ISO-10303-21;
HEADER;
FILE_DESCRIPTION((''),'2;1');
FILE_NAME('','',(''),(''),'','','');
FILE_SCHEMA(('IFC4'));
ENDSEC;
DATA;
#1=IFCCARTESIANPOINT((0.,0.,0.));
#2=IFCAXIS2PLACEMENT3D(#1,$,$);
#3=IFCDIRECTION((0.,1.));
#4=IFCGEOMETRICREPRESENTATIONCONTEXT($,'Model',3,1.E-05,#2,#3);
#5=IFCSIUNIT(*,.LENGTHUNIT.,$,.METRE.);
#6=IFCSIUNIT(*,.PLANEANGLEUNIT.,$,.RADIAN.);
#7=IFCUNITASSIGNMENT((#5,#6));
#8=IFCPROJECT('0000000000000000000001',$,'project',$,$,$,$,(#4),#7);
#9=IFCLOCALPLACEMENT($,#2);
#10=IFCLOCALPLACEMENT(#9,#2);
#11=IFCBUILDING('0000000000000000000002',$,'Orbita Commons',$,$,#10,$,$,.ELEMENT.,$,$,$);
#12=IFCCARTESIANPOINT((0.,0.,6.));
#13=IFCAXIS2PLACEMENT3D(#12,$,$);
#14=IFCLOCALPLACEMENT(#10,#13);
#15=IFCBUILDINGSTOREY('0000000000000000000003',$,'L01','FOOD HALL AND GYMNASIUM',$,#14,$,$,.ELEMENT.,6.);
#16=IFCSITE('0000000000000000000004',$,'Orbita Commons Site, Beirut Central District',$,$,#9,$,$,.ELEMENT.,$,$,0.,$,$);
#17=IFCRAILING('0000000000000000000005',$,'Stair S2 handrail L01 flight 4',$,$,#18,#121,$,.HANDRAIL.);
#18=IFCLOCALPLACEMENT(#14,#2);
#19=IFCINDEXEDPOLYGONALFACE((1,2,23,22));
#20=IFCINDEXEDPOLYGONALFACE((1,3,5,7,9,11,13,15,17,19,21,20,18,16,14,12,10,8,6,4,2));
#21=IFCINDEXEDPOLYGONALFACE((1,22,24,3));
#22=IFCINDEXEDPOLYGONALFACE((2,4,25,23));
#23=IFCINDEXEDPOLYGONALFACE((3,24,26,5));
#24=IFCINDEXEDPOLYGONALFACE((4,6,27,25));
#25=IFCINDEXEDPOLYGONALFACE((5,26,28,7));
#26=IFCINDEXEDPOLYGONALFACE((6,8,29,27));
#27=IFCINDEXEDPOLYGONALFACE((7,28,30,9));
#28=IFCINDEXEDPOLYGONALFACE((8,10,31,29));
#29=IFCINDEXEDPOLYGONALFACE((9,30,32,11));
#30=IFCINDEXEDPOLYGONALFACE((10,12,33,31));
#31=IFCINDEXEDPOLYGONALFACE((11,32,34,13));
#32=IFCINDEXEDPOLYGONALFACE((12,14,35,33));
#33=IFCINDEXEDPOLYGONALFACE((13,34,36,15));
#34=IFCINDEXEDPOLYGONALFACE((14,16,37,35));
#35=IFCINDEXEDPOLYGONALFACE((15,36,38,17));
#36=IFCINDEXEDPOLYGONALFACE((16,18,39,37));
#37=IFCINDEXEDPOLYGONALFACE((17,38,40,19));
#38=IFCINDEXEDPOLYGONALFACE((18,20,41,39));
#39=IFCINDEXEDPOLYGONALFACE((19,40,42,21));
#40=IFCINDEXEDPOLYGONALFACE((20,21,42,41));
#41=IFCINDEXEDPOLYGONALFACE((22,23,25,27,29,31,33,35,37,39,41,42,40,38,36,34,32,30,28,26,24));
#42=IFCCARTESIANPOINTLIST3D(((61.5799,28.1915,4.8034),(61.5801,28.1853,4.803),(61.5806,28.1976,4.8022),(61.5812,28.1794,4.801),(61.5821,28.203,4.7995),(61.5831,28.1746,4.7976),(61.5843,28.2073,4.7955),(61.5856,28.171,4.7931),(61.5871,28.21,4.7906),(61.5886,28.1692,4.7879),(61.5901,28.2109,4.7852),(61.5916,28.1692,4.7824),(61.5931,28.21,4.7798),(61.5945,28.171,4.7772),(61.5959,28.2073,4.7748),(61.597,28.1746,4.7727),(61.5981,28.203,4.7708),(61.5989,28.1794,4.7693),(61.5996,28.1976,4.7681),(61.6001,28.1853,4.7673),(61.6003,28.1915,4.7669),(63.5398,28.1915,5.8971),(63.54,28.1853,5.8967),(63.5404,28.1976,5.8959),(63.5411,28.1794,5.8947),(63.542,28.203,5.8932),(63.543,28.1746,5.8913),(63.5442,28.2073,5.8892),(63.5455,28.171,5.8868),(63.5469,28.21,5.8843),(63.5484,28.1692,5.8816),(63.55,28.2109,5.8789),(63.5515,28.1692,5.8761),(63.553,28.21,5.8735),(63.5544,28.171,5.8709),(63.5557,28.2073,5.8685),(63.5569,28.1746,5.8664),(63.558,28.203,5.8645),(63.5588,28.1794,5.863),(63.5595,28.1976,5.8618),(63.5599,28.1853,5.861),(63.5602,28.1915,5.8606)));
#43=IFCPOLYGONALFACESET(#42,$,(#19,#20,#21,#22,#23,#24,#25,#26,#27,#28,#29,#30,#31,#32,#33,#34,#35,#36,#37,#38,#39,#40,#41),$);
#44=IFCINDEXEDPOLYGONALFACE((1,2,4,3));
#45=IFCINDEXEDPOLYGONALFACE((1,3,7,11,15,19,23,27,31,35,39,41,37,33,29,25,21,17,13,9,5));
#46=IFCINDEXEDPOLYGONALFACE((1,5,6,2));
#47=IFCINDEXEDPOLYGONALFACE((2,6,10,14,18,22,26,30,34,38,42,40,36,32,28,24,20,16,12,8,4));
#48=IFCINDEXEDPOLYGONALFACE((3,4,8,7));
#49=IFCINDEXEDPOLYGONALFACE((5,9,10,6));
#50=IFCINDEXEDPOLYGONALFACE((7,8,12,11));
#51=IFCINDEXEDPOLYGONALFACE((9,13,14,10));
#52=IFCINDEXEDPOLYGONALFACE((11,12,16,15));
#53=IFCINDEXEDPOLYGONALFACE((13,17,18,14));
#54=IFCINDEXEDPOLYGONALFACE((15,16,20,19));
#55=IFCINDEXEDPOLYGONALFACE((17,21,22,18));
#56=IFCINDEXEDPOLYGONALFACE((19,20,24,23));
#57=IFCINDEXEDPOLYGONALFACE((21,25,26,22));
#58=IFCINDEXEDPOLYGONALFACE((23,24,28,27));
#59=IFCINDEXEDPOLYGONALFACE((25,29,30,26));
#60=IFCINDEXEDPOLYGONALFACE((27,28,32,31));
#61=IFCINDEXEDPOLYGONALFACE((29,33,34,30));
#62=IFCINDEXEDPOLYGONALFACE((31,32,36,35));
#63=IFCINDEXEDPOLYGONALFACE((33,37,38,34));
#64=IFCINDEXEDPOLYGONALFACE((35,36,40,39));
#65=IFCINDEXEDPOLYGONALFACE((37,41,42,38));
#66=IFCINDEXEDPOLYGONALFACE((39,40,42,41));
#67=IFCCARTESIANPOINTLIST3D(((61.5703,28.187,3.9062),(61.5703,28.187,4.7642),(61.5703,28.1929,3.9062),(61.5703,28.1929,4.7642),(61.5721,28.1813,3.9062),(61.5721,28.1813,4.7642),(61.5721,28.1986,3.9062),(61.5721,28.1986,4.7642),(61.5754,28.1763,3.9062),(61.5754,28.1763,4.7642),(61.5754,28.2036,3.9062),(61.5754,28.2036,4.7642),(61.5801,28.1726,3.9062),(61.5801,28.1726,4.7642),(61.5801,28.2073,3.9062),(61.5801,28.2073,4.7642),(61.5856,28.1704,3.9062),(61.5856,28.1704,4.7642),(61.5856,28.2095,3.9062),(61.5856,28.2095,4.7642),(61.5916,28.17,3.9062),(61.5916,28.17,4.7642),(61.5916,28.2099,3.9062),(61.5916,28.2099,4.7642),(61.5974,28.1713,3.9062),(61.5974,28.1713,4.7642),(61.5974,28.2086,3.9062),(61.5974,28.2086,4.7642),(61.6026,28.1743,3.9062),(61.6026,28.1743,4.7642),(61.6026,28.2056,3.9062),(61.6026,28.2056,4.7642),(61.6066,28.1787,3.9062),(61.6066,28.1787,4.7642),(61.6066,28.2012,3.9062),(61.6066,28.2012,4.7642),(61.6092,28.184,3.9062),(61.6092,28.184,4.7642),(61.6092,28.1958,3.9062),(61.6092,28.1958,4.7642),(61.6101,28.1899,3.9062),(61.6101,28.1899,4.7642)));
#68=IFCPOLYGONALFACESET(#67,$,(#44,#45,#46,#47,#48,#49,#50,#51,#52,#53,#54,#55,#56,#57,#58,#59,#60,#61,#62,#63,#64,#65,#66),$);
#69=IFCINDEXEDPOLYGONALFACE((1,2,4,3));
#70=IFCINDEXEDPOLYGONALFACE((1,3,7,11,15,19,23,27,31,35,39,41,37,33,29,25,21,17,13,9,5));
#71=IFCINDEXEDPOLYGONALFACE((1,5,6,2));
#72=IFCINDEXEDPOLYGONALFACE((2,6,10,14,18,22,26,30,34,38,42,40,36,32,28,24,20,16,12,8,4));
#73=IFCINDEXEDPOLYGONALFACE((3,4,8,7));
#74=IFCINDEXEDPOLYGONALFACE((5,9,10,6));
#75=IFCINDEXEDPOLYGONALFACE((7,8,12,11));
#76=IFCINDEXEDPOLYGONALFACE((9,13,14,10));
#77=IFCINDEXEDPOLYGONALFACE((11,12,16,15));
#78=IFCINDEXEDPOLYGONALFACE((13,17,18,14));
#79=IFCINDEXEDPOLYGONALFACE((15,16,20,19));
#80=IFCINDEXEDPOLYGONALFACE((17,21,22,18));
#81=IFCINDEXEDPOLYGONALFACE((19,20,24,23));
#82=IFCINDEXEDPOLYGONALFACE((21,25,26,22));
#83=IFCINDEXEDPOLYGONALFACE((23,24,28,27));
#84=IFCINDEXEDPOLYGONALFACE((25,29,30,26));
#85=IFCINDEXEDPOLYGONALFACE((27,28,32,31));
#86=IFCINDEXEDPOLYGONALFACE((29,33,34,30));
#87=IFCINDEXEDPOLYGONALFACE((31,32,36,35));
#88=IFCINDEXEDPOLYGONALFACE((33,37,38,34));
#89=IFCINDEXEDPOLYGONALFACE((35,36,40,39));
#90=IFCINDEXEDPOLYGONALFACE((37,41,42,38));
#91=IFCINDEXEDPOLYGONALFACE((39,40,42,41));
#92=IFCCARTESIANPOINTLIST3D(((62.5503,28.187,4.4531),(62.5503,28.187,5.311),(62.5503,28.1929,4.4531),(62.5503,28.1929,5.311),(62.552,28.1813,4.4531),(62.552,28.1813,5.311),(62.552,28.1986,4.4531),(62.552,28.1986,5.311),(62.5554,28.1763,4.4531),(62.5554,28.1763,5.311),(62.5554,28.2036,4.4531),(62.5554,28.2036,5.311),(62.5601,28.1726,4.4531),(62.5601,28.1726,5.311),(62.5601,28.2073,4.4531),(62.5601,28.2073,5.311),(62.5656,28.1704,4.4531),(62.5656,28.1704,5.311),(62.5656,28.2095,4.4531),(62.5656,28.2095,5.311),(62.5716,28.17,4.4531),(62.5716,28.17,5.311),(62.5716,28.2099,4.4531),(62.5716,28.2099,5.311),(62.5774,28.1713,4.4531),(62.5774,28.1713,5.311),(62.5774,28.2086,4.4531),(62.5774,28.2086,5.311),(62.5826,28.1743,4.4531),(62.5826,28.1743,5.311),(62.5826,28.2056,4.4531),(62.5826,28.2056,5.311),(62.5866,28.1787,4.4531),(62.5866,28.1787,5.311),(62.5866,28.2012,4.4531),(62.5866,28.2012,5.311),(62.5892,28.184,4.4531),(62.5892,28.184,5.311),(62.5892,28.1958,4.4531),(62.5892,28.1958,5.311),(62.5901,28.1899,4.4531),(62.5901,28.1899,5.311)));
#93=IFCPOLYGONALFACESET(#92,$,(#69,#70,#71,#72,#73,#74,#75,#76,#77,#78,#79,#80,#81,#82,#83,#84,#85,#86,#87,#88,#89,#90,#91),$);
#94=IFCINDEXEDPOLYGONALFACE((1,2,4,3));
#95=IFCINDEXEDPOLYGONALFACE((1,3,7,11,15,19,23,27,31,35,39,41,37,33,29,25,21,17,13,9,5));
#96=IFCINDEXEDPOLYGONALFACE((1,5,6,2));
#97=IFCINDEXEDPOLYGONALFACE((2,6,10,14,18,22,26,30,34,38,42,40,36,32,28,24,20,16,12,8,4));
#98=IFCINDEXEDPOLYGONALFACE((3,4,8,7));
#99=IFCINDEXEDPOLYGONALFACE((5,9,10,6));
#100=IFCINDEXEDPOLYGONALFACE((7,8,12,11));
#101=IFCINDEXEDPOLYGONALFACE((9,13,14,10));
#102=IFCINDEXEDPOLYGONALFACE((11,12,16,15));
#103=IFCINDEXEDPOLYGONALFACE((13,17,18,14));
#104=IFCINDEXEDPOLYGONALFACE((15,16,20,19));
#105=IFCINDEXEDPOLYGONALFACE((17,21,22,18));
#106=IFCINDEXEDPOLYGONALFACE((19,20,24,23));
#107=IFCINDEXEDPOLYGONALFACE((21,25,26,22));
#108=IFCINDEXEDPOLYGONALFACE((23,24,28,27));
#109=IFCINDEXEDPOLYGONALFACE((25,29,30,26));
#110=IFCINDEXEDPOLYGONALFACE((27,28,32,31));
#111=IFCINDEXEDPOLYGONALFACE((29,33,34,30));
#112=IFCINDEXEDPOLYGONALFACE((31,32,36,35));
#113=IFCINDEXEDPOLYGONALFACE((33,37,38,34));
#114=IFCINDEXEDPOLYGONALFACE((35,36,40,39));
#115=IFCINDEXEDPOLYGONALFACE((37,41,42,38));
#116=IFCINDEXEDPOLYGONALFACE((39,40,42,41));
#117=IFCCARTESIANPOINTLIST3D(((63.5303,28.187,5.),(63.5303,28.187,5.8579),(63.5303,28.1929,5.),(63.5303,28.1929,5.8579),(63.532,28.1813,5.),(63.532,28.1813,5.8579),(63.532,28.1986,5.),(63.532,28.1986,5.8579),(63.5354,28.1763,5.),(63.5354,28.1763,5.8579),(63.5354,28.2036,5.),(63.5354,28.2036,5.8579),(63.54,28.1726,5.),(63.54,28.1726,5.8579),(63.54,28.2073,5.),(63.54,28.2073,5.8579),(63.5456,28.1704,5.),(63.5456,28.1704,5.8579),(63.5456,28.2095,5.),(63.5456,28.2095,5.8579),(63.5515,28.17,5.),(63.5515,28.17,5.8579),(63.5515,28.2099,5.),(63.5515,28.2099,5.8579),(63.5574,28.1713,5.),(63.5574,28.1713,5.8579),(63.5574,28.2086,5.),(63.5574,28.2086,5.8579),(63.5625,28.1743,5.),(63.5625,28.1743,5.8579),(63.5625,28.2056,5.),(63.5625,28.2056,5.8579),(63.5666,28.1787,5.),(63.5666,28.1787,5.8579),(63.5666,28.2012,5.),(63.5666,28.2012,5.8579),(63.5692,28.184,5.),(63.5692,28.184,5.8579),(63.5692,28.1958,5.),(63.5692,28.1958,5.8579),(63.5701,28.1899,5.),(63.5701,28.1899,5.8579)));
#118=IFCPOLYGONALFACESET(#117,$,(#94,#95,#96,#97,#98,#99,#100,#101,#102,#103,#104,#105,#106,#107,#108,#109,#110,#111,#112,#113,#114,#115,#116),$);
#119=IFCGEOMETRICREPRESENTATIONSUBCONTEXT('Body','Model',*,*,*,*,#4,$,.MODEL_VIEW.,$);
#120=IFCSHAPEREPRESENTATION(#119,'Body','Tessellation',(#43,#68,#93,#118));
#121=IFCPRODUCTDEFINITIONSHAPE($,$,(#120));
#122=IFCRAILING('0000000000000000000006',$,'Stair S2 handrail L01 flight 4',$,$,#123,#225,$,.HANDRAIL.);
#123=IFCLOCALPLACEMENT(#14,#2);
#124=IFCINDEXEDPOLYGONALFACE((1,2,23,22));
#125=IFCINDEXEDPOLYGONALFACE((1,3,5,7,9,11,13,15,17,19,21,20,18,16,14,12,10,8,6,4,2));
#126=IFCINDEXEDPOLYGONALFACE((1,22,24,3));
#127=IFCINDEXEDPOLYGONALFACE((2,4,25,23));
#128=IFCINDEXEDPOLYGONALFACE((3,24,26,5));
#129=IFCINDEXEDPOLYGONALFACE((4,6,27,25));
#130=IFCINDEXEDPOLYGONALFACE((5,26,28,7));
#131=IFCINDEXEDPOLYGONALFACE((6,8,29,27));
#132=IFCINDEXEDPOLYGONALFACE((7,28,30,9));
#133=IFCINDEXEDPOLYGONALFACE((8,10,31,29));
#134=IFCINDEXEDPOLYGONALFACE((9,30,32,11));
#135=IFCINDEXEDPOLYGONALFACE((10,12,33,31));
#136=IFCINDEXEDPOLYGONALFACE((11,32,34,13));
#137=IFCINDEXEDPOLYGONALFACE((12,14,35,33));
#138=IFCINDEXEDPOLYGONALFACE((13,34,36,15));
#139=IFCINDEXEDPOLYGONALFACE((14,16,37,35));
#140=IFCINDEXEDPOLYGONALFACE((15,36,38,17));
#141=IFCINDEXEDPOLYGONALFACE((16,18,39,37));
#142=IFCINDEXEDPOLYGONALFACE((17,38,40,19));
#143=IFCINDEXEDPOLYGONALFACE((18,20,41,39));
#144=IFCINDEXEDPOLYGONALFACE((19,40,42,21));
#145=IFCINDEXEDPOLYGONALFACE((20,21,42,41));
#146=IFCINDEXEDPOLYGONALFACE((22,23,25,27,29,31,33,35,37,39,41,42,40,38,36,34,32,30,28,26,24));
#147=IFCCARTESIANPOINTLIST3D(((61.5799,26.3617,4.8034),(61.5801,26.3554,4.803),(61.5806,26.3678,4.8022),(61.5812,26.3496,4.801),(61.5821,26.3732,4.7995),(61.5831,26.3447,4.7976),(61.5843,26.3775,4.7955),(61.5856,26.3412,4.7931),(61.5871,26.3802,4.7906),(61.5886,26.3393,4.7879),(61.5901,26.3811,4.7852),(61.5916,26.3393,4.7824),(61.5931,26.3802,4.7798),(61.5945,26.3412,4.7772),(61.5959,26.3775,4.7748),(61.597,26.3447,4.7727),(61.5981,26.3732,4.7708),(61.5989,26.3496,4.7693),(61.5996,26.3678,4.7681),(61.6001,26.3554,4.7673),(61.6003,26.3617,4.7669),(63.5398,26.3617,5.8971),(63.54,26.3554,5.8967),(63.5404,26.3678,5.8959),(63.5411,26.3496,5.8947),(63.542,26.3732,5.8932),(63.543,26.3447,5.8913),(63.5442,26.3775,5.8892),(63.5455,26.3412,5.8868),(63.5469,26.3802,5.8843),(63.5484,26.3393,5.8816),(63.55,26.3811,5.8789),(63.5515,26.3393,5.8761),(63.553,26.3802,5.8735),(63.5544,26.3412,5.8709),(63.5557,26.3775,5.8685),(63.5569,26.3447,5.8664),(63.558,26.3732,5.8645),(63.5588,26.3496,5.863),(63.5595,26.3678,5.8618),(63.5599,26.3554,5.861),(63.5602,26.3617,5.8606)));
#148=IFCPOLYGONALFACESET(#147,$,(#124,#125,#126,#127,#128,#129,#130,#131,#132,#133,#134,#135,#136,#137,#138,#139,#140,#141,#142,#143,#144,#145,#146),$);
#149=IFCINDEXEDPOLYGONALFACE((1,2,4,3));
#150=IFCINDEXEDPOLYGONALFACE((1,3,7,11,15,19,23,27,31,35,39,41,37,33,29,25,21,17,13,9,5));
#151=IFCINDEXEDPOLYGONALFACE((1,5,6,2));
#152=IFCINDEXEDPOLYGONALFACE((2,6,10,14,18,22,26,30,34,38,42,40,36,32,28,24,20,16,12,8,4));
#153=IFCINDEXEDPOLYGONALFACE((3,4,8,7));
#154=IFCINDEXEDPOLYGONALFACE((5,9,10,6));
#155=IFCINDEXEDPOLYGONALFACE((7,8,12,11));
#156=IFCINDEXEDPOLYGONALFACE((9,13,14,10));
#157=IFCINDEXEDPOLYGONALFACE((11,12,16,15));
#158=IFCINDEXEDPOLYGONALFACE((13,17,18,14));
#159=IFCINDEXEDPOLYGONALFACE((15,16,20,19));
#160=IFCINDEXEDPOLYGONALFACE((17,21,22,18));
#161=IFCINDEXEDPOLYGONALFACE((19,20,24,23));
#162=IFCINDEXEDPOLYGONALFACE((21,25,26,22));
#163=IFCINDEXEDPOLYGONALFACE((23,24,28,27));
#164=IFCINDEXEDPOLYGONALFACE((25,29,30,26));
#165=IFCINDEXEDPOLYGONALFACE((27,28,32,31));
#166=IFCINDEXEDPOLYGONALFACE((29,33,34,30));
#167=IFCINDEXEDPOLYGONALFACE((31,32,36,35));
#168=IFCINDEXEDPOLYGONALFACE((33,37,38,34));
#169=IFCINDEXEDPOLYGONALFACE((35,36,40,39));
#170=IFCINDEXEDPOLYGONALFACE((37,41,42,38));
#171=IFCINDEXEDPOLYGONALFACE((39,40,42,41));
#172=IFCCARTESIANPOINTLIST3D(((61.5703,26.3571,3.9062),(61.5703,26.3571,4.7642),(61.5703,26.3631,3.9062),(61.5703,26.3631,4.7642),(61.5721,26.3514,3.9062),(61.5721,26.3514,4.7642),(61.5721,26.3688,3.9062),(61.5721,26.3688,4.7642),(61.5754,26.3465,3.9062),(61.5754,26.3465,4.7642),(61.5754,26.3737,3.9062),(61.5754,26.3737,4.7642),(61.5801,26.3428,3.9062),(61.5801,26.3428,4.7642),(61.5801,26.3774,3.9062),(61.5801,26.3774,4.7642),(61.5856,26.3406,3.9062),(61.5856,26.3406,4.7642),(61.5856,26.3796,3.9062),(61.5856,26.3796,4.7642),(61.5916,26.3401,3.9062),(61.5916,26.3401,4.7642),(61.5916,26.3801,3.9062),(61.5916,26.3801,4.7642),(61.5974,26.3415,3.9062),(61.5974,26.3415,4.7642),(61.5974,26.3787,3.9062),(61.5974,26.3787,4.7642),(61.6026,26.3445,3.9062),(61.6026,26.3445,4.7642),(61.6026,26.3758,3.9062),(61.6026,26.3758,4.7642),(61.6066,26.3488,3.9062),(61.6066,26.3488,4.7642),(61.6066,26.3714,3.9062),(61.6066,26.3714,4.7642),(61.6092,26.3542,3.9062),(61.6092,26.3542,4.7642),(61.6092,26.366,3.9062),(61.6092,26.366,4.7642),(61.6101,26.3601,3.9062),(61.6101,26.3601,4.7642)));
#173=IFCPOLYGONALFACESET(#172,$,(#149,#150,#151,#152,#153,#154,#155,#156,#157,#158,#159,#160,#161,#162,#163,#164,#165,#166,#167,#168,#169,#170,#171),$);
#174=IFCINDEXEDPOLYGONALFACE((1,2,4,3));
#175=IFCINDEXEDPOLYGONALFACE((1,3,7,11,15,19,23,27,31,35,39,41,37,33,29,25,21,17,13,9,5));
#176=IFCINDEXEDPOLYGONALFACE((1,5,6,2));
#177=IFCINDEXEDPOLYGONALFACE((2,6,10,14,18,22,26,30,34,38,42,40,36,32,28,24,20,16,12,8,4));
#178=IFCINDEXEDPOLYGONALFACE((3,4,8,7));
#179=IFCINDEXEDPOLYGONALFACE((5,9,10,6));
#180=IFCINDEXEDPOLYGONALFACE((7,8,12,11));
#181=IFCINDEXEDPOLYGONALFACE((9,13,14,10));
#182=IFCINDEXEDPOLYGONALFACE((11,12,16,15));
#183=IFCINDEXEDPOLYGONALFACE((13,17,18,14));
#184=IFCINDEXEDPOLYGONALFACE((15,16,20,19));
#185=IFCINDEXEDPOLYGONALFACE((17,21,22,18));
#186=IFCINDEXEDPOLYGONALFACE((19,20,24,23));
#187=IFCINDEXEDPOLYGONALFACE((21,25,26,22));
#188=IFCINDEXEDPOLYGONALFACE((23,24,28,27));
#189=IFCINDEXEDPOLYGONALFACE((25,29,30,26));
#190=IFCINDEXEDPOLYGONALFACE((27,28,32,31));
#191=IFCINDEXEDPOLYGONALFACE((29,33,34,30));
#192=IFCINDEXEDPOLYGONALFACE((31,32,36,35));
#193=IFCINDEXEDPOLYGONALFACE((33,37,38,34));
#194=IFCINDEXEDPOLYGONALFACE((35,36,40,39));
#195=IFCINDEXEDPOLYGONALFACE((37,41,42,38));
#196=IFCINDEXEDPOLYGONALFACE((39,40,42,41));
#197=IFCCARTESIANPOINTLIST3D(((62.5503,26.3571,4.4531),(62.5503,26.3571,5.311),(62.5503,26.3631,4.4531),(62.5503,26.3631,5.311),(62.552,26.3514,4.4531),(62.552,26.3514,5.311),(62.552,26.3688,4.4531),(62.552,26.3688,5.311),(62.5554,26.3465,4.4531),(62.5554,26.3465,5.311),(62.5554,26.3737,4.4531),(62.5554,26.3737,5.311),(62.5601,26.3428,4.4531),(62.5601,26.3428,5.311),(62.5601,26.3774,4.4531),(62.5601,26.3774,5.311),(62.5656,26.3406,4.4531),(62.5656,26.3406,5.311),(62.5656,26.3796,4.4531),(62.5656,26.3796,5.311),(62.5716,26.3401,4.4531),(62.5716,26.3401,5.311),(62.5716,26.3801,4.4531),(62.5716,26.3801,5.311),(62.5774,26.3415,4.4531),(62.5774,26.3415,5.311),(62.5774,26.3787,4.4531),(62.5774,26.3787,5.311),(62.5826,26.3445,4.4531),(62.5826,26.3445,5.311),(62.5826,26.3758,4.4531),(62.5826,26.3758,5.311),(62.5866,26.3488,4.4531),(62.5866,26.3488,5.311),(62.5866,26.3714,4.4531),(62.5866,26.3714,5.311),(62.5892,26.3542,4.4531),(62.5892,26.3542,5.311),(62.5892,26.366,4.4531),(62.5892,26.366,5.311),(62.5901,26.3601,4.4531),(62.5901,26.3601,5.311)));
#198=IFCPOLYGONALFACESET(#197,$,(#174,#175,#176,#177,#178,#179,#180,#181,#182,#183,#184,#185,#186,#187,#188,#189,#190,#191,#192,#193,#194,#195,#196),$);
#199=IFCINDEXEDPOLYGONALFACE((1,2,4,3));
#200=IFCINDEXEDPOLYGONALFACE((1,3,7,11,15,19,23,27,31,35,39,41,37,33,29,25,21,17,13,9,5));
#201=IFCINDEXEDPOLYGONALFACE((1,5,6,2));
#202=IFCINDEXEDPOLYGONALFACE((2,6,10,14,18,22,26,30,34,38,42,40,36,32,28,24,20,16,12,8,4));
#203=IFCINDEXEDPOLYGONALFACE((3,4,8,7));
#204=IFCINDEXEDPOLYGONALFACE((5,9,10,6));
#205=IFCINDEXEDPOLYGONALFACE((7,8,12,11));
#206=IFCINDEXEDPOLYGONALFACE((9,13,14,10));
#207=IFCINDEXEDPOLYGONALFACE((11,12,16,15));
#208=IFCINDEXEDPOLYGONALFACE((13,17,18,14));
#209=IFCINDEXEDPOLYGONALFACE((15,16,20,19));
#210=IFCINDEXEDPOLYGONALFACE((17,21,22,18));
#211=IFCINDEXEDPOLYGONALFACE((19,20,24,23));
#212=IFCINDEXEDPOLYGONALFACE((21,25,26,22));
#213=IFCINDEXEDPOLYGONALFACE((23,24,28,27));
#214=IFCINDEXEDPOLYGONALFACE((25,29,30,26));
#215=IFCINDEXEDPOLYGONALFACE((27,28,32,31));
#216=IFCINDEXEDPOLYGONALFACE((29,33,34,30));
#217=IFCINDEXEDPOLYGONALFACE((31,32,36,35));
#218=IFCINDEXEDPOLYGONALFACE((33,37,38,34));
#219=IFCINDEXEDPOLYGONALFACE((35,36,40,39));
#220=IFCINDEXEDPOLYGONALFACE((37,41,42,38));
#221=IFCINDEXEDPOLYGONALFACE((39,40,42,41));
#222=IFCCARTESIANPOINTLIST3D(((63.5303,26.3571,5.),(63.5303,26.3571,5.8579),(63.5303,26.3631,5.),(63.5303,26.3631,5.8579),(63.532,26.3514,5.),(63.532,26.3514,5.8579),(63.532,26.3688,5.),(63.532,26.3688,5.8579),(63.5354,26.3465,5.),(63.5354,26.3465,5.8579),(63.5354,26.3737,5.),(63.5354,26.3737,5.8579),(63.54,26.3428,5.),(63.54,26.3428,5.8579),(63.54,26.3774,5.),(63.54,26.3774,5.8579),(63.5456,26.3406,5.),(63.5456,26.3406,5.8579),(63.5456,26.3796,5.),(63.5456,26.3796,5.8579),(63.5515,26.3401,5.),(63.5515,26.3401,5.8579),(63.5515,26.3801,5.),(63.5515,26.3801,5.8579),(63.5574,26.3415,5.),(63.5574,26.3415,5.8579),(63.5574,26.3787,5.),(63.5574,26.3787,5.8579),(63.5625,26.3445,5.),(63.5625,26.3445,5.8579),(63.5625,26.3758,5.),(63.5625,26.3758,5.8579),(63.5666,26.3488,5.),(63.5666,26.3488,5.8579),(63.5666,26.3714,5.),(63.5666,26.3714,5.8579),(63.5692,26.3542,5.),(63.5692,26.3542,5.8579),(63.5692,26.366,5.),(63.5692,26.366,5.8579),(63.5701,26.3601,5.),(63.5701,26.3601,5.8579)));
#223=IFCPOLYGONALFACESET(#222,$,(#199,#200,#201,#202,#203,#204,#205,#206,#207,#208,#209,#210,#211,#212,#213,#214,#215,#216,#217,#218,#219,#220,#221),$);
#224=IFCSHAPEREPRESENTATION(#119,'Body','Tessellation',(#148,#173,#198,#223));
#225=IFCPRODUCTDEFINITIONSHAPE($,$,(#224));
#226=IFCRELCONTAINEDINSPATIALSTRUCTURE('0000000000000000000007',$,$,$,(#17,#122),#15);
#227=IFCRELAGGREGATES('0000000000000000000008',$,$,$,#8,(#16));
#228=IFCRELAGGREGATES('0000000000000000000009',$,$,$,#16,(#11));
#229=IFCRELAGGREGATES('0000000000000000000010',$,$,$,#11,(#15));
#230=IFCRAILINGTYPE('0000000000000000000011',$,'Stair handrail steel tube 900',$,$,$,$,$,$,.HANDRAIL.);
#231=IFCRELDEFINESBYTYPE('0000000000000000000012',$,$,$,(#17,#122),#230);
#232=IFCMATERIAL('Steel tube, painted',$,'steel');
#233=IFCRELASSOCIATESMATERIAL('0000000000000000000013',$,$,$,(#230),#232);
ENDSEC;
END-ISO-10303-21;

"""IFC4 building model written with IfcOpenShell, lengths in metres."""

from ifc_helpers import new_model, si_unit, direction, frame, origin, origin_2d, place, context, subcontext, project, spatial, circle, extrude, material, type_object, element, save


model = new_model("IFC4")

# Units and contexts
model_context = context("Model", 3, precision=1e-05, world=origin(), true_north=direction((0.0, 1.0)))
body_context = subcontext(model_context, "Body", "Model", "MODEL_VIEW")
ifc_project = project(units=[si_unit("LENGTHUNIT", "METRE"), si_unit("PLANEANGLEUNIT", "RADIAN")], contexts=[model_context])

# Site, building, storey
site_placement = place(None, origin())
site = spatial("IfcSite", under=ifc_project, at=site_placement, Name="Orbita Commons Site, Beirut Central District", CompositionType="ELEMENT", RefElevation=0.0)
building_placement = place(site_placement, origin())
building = spatial("IfcBuilding", under=site, at=building_placement, Name="Orbita Commons", CompositionType="ELEMENT")
storey_placement = place(building_placement, frame((0.0, 0.0, 6.0)))
storey = spatial("IfcBuildingStorey", under=building, at=storey_placement, Name="L01", Description="FOOD HALL AND GYMNASIUM", CompositionType="ELEMENT", Elevation=6.0)

# Railings
ifc_material_1 = material(Name="Steel tube, painted", Category="steel")
railing_type = type_object("IfcRailingType", Name="Stair handrail steel tube 900", PredefinedType="HANDRAIL", material=ifc_material_1)
for number, where, name in (
    (1, (61.5901, 28.1899, 3.9062), "Stair S2 handrail L01 flight 4"),
    (2, (61.5901, 26.3601, 3.9062), "Stair S2 handrail L01 flight 4"),
):
    element("IfcRailing", number, at=place(storey_placement, frame(where)), inside=storey, type_object=railing_type, Name=name, PredefinedType="HANDRAIL", context=body_context, shape_type="SweptSolid", body=[
        extrude(circle(Radius=0.021, at=origin_2d()), frame((0.0, 0.0, 0.8789), z_axis=(0.873232, 0.0, 0.487304), x_axis=(0.0, 1.0, 0.0)), (0.0, 0.0, 1.0), 2.2444),
        extrude(circle(Radius=0.02, at=origin_2d()), origin(), (0.0, 0.0, 1.0), 0.8579),
        extrude(circle(Radius=0.02, at=origin_2d()), frame((0.98, 0.0, 0.5469)), (0.0, 0.0, 1.0), 0.8579),
        extrude(circle(Radius=0.02, at=origin_2d()), frame((1.96, 0.0, 1.0938)), (0.0, 0.0, 1.0), 0.8579),
    ])

save(model, "model.ifc")
